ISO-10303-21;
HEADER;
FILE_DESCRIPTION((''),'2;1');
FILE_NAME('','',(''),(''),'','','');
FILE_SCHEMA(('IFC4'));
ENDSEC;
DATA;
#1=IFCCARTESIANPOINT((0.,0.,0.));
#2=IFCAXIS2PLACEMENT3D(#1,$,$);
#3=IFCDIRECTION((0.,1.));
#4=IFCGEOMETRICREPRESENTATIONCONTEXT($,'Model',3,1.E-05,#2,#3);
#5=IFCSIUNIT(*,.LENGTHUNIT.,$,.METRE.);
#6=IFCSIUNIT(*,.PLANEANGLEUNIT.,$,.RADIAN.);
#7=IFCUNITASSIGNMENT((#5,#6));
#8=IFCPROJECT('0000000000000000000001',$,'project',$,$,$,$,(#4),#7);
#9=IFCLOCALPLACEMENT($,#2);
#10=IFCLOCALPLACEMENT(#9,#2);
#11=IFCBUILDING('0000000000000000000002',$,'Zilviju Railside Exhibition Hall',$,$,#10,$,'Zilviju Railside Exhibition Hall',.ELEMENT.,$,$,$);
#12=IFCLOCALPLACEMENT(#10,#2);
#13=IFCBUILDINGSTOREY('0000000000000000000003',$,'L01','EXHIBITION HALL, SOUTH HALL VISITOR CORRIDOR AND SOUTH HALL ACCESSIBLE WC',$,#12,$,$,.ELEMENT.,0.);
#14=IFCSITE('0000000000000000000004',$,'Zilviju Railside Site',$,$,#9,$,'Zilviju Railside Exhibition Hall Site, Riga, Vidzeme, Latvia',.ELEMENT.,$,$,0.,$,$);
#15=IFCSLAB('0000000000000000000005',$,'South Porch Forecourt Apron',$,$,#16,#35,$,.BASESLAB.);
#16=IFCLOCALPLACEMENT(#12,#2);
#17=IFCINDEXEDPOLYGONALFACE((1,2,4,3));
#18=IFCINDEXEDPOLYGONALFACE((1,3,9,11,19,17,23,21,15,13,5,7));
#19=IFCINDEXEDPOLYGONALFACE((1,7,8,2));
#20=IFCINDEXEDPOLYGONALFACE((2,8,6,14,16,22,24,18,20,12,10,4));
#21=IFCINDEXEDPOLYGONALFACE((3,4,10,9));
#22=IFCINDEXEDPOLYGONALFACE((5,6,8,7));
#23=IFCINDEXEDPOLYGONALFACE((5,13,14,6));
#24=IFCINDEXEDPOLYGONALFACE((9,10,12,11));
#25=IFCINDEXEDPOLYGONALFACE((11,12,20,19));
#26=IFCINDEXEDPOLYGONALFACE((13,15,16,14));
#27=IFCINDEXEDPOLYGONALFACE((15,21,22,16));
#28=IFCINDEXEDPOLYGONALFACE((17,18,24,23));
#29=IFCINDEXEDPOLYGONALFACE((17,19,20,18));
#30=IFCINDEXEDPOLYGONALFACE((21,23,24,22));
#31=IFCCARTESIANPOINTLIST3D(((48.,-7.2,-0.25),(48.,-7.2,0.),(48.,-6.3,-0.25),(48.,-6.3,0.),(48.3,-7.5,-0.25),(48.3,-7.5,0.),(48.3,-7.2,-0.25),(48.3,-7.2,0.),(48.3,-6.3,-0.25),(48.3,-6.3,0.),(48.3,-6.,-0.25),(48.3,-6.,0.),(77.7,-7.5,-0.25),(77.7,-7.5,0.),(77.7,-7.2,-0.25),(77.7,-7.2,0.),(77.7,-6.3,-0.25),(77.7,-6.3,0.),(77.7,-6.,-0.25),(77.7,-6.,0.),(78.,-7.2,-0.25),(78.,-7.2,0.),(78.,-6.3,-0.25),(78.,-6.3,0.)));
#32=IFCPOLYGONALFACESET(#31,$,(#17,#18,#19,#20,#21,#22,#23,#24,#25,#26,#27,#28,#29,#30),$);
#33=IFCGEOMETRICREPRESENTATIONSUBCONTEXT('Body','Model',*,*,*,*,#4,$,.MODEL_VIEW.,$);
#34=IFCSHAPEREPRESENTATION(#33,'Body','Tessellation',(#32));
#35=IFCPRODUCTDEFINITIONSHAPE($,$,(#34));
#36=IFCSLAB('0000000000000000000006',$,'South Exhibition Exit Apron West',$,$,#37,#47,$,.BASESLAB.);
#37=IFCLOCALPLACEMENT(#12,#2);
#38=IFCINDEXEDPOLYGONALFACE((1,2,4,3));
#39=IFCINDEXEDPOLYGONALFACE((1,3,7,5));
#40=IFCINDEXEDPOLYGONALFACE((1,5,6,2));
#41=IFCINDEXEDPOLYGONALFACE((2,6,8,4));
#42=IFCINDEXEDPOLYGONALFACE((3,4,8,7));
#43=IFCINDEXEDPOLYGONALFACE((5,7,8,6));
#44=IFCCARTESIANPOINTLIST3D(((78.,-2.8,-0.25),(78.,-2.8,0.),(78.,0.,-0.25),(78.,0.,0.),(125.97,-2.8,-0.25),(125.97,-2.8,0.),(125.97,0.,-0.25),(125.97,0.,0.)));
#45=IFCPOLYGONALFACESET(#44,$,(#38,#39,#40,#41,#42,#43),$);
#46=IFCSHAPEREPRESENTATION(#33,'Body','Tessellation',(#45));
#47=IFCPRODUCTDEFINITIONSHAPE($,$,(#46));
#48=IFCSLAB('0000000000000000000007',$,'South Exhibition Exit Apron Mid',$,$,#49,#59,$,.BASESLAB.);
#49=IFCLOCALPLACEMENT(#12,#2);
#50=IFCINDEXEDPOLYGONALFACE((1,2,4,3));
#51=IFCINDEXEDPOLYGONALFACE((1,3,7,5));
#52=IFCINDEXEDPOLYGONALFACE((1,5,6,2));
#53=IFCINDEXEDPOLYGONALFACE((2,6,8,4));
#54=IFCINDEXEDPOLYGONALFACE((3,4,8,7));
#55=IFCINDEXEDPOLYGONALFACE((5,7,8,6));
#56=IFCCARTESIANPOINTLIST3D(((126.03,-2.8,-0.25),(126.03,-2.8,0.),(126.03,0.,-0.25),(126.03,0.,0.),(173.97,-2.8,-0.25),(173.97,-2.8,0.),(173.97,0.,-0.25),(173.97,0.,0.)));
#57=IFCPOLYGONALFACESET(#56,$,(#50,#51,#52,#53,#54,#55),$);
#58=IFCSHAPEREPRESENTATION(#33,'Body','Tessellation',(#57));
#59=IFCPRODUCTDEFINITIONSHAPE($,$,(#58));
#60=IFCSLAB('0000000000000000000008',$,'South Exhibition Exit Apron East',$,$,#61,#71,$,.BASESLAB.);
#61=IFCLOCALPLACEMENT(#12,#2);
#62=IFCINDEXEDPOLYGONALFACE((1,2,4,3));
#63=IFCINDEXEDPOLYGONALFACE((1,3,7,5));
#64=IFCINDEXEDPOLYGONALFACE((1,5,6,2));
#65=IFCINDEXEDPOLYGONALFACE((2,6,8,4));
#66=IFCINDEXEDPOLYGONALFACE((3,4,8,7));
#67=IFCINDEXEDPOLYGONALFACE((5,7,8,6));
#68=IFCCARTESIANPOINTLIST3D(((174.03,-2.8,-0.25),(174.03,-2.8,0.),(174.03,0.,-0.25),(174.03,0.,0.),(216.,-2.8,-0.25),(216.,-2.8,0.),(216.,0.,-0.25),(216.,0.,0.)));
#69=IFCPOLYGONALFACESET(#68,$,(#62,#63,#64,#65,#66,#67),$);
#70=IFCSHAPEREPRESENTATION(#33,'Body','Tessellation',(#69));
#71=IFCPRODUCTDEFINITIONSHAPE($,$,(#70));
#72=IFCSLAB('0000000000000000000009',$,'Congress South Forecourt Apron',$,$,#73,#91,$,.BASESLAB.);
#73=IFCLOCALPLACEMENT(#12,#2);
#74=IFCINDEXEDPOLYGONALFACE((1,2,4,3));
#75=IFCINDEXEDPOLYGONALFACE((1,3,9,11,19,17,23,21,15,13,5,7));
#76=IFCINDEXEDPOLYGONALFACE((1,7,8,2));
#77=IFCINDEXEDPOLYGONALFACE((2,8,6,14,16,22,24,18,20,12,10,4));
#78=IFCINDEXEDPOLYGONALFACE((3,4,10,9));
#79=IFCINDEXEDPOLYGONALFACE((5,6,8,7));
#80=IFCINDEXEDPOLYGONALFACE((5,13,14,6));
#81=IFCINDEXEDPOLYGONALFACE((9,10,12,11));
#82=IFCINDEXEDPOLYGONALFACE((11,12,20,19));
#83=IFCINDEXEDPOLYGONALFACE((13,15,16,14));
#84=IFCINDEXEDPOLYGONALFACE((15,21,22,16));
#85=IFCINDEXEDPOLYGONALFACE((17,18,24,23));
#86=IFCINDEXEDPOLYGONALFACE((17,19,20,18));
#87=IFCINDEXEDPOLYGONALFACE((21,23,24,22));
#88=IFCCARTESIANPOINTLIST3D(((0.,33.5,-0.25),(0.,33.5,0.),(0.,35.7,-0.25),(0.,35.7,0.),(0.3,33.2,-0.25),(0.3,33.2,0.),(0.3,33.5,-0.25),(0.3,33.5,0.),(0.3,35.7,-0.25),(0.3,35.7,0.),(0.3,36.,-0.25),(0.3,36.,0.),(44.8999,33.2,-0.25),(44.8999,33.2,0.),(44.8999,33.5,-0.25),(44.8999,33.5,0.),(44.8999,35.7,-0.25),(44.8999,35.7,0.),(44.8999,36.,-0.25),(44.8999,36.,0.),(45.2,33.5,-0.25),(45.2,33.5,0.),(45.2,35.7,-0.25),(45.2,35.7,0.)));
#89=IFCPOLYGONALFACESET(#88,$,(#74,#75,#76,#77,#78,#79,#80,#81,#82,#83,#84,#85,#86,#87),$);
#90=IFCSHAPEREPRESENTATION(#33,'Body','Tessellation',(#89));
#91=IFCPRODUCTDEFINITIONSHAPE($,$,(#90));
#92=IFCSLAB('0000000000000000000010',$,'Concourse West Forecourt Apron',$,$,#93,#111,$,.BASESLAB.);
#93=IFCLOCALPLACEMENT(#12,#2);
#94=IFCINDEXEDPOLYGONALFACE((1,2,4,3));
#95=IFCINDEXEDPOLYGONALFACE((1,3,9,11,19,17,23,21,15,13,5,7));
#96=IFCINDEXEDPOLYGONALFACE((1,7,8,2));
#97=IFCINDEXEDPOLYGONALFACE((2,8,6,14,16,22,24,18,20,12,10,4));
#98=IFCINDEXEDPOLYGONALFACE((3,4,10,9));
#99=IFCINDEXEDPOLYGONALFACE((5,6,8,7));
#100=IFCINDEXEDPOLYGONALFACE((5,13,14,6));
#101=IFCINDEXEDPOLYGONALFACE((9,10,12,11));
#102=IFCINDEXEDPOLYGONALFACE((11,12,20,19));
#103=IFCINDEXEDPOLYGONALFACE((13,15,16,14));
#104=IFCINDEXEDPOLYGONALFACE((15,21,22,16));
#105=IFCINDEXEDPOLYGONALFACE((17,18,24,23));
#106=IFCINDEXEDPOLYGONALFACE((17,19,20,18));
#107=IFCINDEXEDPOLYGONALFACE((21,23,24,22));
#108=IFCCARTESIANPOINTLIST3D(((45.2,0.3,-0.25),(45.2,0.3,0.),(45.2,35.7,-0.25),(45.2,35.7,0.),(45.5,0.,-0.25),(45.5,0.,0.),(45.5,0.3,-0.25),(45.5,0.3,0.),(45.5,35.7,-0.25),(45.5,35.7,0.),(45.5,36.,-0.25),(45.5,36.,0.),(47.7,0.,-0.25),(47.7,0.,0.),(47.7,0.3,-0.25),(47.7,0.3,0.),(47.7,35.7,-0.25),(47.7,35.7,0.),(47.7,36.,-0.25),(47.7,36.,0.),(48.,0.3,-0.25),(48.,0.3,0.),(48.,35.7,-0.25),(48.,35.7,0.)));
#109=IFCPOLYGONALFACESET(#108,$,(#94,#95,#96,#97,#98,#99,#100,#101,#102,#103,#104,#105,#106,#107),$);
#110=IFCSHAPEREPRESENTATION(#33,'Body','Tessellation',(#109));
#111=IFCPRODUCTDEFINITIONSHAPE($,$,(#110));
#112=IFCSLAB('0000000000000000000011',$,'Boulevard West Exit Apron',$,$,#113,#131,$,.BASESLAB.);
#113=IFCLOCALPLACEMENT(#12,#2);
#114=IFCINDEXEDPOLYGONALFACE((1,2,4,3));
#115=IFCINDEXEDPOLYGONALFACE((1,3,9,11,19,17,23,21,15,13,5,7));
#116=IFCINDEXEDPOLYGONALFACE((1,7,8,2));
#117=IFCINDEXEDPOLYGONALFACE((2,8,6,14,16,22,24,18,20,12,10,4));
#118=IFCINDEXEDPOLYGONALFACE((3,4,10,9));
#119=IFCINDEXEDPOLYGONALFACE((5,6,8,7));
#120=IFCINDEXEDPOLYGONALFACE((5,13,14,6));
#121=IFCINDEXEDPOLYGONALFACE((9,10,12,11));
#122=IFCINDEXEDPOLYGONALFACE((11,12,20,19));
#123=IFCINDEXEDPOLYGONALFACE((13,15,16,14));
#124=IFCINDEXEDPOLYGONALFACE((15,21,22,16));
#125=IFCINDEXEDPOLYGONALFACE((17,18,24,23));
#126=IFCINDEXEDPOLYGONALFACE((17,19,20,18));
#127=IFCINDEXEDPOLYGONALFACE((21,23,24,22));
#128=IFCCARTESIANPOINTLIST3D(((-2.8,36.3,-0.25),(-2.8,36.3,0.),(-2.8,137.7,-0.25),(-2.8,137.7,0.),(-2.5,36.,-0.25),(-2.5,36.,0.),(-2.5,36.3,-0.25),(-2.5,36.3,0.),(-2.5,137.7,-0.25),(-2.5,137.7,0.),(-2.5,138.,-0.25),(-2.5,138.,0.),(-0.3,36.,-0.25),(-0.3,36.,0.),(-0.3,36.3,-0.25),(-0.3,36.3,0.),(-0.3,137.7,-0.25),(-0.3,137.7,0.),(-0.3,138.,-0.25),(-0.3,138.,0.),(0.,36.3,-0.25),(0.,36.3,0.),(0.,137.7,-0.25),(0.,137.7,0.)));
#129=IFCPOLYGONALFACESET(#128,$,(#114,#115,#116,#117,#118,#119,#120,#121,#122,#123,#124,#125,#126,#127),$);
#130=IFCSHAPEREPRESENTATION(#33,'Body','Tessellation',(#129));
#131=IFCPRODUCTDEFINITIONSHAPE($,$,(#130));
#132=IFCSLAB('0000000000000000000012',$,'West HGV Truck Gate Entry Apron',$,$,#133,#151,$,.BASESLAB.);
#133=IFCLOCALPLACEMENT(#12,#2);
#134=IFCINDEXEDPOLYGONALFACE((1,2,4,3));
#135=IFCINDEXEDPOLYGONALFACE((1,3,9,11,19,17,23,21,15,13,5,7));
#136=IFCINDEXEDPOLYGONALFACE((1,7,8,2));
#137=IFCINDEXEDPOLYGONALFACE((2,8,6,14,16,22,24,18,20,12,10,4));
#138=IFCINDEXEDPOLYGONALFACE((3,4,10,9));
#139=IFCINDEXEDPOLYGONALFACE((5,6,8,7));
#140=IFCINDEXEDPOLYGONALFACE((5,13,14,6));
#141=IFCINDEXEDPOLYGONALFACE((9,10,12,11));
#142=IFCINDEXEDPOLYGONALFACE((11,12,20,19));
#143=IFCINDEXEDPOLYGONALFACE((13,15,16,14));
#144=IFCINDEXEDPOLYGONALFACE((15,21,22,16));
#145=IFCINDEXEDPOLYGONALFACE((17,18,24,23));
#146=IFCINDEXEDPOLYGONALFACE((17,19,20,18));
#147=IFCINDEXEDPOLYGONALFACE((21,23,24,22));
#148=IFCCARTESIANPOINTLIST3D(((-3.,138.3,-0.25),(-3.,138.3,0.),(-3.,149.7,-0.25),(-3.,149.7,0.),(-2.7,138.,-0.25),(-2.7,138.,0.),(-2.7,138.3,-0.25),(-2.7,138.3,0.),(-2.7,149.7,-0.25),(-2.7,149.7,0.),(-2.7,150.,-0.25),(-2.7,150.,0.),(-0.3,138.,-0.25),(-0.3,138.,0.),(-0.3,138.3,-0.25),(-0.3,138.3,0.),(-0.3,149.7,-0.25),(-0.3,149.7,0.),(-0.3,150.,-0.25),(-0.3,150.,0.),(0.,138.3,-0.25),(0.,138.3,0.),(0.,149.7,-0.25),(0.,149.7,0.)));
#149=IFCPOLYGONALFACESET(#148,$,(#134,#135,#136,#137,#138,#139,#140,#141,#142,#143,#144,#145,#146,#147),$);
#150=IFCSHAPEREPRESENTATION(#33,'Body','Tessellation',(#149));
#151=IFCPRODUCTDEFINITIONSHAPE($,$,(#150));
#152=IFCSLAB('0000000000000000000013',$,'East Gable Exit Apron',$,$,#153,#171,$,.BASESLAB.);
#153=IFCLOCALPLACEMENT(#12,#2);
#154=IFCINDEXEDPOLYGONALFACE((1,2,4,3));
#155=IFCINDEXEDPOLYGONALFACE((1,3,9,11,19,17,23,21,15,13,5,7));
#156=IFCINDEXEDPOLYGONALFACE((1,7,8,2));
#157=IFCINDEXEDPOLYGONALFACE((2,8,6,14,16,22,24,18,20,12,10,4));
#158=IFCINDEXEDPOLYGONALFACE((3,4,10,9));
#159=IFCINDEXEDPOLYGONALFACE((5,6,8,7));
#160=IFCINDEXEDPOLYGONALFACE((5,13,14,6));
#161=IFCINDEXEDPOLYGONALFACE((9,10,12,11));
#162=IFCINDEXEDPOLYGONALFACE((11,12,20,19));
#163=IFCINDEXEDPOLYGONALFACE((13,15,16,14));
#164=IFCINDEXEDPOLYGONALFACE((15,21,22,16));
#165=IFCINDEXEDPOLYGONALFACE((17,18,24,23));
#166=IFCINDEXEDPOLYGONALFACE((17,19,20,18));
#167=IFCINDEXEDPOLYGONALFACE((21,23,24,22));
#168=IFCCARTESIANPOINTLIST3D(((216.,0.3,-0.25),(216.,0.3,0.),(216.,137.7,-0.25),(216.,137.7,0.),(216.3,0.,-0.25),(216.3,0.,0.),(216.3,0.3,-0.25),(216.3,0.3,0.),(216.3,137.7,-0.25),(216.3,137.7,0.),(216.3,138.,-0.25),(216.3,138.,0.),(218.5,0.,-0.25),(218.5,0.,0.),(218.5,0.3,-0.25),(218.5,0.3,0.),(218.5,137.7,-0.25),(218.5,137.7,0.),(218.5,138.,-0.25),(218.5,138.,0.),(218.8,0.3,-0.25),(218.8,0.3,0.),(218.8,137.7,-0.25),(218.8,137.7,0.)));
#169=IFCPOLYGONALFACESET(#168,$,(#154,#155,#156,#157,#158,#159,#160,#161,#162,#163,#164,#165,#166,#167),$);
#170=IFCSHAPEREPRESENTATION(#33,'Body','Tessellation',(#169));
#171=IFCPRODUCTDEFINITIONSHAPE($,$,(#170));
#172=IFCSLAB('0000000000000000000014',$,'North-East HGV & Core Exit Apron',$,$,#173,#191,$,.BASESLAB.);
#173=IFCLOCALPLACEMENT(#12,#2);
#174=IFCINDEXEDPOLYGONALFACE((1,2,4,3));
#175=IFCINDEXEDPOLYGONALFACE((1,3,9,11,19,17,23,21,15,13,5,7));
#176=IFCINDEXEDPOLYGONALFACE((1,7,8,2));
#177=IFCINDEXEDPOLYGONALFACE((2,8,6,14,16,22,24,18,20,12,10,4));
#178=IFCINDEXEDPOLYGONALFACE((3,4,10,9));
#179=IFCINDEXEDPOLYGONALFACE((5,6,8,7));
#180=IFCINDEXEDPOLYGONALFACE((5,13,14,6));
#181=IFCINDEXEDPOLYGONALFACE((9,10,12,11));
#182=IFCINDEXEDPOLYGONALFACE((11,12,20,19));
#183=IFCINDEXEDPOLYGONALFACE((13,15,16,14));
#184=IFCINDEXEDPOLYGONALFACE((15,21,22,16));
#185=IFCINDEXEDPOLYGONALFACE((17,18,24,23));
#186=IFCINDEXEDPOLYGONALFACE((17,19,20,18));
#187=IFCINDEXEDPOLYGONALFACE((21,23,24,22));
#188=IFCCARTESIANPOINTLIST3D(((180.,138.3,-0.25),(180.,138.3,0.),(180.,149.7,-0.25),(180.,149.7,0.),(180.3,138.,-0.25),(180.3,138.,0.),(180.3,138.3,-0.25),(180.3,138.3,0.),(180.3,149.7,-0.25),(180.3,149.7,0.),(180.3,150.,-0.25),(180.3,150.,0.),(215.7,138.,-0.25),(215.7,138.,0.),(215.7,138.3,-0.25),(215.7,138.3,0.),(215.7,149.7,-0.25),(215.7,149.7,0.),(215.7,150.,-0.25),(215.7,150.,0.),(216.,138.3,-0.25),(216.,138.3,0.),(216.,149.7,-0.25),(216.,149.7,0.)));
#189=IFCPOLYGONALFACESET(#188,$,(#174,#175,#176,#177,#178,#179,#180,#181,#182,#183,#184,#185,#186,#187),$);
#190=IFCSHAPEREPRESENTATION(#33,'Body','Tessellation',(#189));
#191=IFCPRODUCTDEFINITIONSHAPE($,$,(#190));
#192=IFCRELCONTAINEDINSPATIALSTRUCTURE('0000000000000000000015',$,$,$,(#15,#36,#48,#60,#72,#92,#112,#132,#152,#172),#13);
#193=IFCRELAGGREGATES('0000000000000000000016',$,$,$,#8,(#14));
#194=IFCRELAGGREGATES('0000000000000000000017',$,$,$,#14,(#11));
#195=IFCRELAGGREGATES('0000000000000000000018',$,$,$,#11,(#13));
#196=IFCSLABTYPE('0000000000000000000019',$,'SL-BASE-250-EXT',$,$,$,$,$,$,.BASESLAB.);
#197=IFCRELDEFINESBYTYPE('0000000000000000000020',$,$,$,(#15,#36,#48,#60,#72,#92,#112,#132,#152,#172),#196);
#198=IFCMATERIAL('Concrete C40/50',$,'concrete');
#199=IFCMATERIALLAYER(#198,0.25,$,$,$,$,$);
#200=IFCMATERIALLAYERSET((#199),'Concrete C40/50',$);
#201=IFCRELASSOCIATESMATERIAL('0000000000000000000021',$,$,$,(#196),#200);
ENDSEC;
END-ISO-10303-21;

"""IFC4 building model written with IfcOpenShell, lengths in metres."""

from ifc_helpers import new_model, si_unit, direction, frame, origin, place, context, subcontext, project, spatial, polyline, outline, extrude, material, layer, layer_set, type_object, element, save


model = new_model("IFC4")

# Units and contexts
model_context = context("Model", 3, precision=1e-05, world=origin(), true_north=direction((0.0, 1.0)))
body_context = subcontext(model_context, "Body", "Model", "MODEL_VIEW")
ifc_project = project(units=[si_unit("LENGTHUNIT", "METRE"), si_unit("PLANEANGLEUNIT", "RADIAN")], contexts=[model_context])

# Site, building, storey
site_placement = place(None, origin())
site = spatial("IfcSite", under=ifc_project, at=site_placement, Name="Zilviju Railside Site", LongName="Zilviju Railside Exhibition Hall Site, Riga, Vidzeme, Latvia", CompositionType="ELEMENT", RefElevation=0.0)
building_placement = place(site_placement, origin())
building = spatial("IfcBuilding", under=site, at=building_placement, Name="Zilviju Railside Exhibition Hall", LongName="Zilviju Railside Exhibition Hall", CompositionType="ELEMENT")
storey_placement = place(building_placement, origin())
storey = spatial("IfcBuildingStorey", under=building, at=storey_placement, Name="L01", Description="EXHIBITION HALL, SOUTH HALL VISITOR CORRIDOR AND SOUTH HALL ACCESSIBLE WC", CompositionType="ELEMENT", Elevation=0.0)

# Slabs
ifc_material_1 = material(Name="Concrete C40/50", Category="concrete")
ifc_layer_1 = layer(ifc_material_1, 0.25)
ifc_layer_set_1 = layer_set([ifc_layer_1], Name="Concrete C40/50")
slab_type_1 = type_object("IfcSlabType", Name="SL-BASE-250-EXT", PredefinedType="BASESLAB", material=ifc_layer_set_1)
slab_1_placement = place(storey_placement, frame((0.0, 0.0, -0.25)))
element("IfcSlab", 1, at=slab_1_placement, inside=storey, type_object=slab_type_1, Name="South Porch Forecourt Apron", PredefinedType="BASESLAB", context=body_context, shape_type="SweptSolid", body=[
    extrude(outline(polyline([(48.3, -7.5), (77.7, -7.5), (77.7, -7.2), (78.0, -7.2), (78.0, -6.3), (77.7, -6.3), (77.7, -6.0), (48.3, -6.0), (48.3, -6.3), (48.0, -6.3), (48.0, -7.2), (48.3, -7.2), (48.3, -7.5)])), origin(), (0.0, 0.0, 1.0), 0.25),
])
slab_2_placement = place(storey_placement, frame((0.0, 0.0, -0.25)))
element("IfcSlab", 2, at=slab_2_placement, inside=storey, type_object=slab_type_1, Name="South Exhibition Exit Apron West", PredefinedType="BASESLAB", context=body_context, shape_type="SweptSolid", body=[
    extrude(outline(polyline([(78.0, -2.8), (125.97, -2.8), (125.97, 0.0), (78.0, 0.0), (78.0, -2.8)])), origin(), (0.0, 0.0, 1.0), 0.25),
])
slab_3_placement = place(storey_placement, frame((0.0, 0.0, -0.25)))
element("IfcSlab", 3, at=slab_3_placement, inside=storey, type_object=slab_type_1, Name="South Exhibition Exit Apron Mid", PredefinedType="BASESLAB", context=body_context, shape_type="SweptSolid", body=[
    extrude(outline(polyline([(126.03, -2.8), (173.97, -2.8), (173.97, 0.0), (126.03, 0.0), (126.03, -2.8)])), origin(), (0.0, 0.0, 1.0), 0.25),
])
slab_4_placement = place(storey_placement, frame((0.0, 0.0, -0.25)))
element("IfcSlab", 4, at=slab_4_placement, inside=storey, type_object=slab_type_1, Name="South Exhibition Exit Apron East", PredefinedType="BASESLAB", context=body_context, shape_type="SweptSolid", body=[
    extrude(outline(polyline([(174.03, -2.8), (216.0, -2.8), (216.0, 0.0), (174.03, 0.0), (174.03, -2.8)])), origin(), (0.0, 0.0, 1.0), 0.25),
])
slab_5_placement = place(storey_placement, frame((0.0, 0.0, -0.25)))
element("IfcSlab", 5, at=slab_5_placement, inside=storey, type_object=slab_type_1, Name="Congress South Forecourt Apron", PredefinedType="BASESLAB", context=body_context, shape_type="SweptSolid", body=[
    extrude(outline(polyline([(0.3, 33.2), (44.8999, 33.2), (44.8999, 33.5), (45.2, 33.5), (45.2, 35.7), (44.8999, 35.7), (44.8999, 36.0), (0.3, 36.0), (0.3, 35.7), (0.0, 35.7), (0.0, 33.5), (0.3, 33.5), (0.3, 33.2)])), origin(), (0.0, 0.0, 1.0), 0.25),
])
slab_6_placement = place(storey_placement, frame((0.0, 0.0, -0.25)))
element("IfcSlab", 6, at=slab_6_placement, inside=storey, type_object=slab_type_1, Name="Concourse West Forecourt Apron", PredefinedType="BASESLAB", context=body_context, shape_type="SweptSolid", body=[
    extrude(outline(polyline([(45.5, 0.0), (47.7, 0.0), (47.7, 0.3), (48.0, 0.3), (48.0, 35.7), (47.7, 35.7), (47.7, 36.0), (45.5, 36.0), (45.5, 35.7), (45.2, 35.7), (45.2, 0.3), (45.5, 0.3), (45.5, 0.0)])), origin(), (0.0, 0.0, 1.0), 0.25),
])
slab_7_placement = place(storey_placement, frame((0.0, 0.0, -0.25)))
element("IfcSlab", 7, at=slab_7_placement, inside=storey, type_object=slab_type_1, Name="Boulevard West Exit Apron", PredefinedType="BASESLAB", context=body_context, shape_type="SweptSolid", body=[
    extrude(outline(polyline([(-2.5, 36.0), (-0.3, 36.0), (-0.3, 36.3), (0.0, 36.3), (0.0, 137.7), (-0.3, 137.7), (-0.3, 138.0), (-2.5, 138.0), (-2.5, 137.7), (-2.8, 137.7), (-2.8, 36.3), (-2.5, 36.3), (-2.5, 36.0)])), origin(), (0.0, 0.0, 1.0), 0.25),
])
slab_8_placement = place(storey_placement, frame((0.0, 0.0, -0.25)))
element("IfcSlab", 8, at=slab_8_placement, inside=storey, type_object=slab_type_1, Name="West HGV Truck Gate Entry Apron", PredefinedType="BASESLAB", context=body_context, shape_type="SweptSolid", body=[
    extrude(outline(polyline([(-2.7, 138.0), (-0.3, 138.0), (-0.3, 138.3), (0.0, 138.3), (0.0, 149.7), (-0.3, 149.7), (-0.3, 150.0), (-2.7, 150.0), (-2.7, 149.7), (-3.0, 149.7), (-3.0, 138.3), (-2.7, 138.3), (-2.7, 138.0)])), origin(), (0.0, 0.0, 1.0), 0.25),
])
slab_9_placement = place(storey_placement, frame((0.0, 0.0, -0.25)))
element("IfcSlab", 9, at=slab_9_placement, inside=storey, type_object=slab_type_1, Name="East Gable Exit Apron", PredefinedType="BASESLAB", context=body_context, shape_type="SweptSolid", body=[
    extrude(outline(polyline([(216.3, 0.0), (218.5, 0.0), (218.5, 0.3), (218.8, 0.3), (218.8, 137.7), (218.5, 137.7), (218.5, 138.0), (216.3, 138.0), (216.3, 137.7), (216.0, 137.7), (216.0, 0.3), (216.3, 0.3), (216.3, 0.0)])), origin(), (0.0, 0.0, 1.0), 0.25),
])
slab_10_placement = place(storey_placement, frame((0.0, 0.0, -0.25)))
element("IfcSlab", 10, at=slab_10_placement, inside=storey, type_object=slab_type_1, Name="North-East HGV & Core Exit Apron", PredefinedType="BASESLAB", context=body_context, shape_type="SweptSolid", body=[
    extrude(outline(polyline([(180.3, 138.0), (215.7, 138.0), (215.7, 138.3), (216.0, 138.3), (216.0, 149.7), (215.7, 149.7), (215.7, 150.0), (180.3, 150.0), (180.3, 149.7), (180.0, 149.7), (180.0, 138.3), (180.3, 138.3), (180.3, 138.0)])), origin(), (0.0, 0.0, 1.0), 0.25),
])

save(model, "model.ifc")
